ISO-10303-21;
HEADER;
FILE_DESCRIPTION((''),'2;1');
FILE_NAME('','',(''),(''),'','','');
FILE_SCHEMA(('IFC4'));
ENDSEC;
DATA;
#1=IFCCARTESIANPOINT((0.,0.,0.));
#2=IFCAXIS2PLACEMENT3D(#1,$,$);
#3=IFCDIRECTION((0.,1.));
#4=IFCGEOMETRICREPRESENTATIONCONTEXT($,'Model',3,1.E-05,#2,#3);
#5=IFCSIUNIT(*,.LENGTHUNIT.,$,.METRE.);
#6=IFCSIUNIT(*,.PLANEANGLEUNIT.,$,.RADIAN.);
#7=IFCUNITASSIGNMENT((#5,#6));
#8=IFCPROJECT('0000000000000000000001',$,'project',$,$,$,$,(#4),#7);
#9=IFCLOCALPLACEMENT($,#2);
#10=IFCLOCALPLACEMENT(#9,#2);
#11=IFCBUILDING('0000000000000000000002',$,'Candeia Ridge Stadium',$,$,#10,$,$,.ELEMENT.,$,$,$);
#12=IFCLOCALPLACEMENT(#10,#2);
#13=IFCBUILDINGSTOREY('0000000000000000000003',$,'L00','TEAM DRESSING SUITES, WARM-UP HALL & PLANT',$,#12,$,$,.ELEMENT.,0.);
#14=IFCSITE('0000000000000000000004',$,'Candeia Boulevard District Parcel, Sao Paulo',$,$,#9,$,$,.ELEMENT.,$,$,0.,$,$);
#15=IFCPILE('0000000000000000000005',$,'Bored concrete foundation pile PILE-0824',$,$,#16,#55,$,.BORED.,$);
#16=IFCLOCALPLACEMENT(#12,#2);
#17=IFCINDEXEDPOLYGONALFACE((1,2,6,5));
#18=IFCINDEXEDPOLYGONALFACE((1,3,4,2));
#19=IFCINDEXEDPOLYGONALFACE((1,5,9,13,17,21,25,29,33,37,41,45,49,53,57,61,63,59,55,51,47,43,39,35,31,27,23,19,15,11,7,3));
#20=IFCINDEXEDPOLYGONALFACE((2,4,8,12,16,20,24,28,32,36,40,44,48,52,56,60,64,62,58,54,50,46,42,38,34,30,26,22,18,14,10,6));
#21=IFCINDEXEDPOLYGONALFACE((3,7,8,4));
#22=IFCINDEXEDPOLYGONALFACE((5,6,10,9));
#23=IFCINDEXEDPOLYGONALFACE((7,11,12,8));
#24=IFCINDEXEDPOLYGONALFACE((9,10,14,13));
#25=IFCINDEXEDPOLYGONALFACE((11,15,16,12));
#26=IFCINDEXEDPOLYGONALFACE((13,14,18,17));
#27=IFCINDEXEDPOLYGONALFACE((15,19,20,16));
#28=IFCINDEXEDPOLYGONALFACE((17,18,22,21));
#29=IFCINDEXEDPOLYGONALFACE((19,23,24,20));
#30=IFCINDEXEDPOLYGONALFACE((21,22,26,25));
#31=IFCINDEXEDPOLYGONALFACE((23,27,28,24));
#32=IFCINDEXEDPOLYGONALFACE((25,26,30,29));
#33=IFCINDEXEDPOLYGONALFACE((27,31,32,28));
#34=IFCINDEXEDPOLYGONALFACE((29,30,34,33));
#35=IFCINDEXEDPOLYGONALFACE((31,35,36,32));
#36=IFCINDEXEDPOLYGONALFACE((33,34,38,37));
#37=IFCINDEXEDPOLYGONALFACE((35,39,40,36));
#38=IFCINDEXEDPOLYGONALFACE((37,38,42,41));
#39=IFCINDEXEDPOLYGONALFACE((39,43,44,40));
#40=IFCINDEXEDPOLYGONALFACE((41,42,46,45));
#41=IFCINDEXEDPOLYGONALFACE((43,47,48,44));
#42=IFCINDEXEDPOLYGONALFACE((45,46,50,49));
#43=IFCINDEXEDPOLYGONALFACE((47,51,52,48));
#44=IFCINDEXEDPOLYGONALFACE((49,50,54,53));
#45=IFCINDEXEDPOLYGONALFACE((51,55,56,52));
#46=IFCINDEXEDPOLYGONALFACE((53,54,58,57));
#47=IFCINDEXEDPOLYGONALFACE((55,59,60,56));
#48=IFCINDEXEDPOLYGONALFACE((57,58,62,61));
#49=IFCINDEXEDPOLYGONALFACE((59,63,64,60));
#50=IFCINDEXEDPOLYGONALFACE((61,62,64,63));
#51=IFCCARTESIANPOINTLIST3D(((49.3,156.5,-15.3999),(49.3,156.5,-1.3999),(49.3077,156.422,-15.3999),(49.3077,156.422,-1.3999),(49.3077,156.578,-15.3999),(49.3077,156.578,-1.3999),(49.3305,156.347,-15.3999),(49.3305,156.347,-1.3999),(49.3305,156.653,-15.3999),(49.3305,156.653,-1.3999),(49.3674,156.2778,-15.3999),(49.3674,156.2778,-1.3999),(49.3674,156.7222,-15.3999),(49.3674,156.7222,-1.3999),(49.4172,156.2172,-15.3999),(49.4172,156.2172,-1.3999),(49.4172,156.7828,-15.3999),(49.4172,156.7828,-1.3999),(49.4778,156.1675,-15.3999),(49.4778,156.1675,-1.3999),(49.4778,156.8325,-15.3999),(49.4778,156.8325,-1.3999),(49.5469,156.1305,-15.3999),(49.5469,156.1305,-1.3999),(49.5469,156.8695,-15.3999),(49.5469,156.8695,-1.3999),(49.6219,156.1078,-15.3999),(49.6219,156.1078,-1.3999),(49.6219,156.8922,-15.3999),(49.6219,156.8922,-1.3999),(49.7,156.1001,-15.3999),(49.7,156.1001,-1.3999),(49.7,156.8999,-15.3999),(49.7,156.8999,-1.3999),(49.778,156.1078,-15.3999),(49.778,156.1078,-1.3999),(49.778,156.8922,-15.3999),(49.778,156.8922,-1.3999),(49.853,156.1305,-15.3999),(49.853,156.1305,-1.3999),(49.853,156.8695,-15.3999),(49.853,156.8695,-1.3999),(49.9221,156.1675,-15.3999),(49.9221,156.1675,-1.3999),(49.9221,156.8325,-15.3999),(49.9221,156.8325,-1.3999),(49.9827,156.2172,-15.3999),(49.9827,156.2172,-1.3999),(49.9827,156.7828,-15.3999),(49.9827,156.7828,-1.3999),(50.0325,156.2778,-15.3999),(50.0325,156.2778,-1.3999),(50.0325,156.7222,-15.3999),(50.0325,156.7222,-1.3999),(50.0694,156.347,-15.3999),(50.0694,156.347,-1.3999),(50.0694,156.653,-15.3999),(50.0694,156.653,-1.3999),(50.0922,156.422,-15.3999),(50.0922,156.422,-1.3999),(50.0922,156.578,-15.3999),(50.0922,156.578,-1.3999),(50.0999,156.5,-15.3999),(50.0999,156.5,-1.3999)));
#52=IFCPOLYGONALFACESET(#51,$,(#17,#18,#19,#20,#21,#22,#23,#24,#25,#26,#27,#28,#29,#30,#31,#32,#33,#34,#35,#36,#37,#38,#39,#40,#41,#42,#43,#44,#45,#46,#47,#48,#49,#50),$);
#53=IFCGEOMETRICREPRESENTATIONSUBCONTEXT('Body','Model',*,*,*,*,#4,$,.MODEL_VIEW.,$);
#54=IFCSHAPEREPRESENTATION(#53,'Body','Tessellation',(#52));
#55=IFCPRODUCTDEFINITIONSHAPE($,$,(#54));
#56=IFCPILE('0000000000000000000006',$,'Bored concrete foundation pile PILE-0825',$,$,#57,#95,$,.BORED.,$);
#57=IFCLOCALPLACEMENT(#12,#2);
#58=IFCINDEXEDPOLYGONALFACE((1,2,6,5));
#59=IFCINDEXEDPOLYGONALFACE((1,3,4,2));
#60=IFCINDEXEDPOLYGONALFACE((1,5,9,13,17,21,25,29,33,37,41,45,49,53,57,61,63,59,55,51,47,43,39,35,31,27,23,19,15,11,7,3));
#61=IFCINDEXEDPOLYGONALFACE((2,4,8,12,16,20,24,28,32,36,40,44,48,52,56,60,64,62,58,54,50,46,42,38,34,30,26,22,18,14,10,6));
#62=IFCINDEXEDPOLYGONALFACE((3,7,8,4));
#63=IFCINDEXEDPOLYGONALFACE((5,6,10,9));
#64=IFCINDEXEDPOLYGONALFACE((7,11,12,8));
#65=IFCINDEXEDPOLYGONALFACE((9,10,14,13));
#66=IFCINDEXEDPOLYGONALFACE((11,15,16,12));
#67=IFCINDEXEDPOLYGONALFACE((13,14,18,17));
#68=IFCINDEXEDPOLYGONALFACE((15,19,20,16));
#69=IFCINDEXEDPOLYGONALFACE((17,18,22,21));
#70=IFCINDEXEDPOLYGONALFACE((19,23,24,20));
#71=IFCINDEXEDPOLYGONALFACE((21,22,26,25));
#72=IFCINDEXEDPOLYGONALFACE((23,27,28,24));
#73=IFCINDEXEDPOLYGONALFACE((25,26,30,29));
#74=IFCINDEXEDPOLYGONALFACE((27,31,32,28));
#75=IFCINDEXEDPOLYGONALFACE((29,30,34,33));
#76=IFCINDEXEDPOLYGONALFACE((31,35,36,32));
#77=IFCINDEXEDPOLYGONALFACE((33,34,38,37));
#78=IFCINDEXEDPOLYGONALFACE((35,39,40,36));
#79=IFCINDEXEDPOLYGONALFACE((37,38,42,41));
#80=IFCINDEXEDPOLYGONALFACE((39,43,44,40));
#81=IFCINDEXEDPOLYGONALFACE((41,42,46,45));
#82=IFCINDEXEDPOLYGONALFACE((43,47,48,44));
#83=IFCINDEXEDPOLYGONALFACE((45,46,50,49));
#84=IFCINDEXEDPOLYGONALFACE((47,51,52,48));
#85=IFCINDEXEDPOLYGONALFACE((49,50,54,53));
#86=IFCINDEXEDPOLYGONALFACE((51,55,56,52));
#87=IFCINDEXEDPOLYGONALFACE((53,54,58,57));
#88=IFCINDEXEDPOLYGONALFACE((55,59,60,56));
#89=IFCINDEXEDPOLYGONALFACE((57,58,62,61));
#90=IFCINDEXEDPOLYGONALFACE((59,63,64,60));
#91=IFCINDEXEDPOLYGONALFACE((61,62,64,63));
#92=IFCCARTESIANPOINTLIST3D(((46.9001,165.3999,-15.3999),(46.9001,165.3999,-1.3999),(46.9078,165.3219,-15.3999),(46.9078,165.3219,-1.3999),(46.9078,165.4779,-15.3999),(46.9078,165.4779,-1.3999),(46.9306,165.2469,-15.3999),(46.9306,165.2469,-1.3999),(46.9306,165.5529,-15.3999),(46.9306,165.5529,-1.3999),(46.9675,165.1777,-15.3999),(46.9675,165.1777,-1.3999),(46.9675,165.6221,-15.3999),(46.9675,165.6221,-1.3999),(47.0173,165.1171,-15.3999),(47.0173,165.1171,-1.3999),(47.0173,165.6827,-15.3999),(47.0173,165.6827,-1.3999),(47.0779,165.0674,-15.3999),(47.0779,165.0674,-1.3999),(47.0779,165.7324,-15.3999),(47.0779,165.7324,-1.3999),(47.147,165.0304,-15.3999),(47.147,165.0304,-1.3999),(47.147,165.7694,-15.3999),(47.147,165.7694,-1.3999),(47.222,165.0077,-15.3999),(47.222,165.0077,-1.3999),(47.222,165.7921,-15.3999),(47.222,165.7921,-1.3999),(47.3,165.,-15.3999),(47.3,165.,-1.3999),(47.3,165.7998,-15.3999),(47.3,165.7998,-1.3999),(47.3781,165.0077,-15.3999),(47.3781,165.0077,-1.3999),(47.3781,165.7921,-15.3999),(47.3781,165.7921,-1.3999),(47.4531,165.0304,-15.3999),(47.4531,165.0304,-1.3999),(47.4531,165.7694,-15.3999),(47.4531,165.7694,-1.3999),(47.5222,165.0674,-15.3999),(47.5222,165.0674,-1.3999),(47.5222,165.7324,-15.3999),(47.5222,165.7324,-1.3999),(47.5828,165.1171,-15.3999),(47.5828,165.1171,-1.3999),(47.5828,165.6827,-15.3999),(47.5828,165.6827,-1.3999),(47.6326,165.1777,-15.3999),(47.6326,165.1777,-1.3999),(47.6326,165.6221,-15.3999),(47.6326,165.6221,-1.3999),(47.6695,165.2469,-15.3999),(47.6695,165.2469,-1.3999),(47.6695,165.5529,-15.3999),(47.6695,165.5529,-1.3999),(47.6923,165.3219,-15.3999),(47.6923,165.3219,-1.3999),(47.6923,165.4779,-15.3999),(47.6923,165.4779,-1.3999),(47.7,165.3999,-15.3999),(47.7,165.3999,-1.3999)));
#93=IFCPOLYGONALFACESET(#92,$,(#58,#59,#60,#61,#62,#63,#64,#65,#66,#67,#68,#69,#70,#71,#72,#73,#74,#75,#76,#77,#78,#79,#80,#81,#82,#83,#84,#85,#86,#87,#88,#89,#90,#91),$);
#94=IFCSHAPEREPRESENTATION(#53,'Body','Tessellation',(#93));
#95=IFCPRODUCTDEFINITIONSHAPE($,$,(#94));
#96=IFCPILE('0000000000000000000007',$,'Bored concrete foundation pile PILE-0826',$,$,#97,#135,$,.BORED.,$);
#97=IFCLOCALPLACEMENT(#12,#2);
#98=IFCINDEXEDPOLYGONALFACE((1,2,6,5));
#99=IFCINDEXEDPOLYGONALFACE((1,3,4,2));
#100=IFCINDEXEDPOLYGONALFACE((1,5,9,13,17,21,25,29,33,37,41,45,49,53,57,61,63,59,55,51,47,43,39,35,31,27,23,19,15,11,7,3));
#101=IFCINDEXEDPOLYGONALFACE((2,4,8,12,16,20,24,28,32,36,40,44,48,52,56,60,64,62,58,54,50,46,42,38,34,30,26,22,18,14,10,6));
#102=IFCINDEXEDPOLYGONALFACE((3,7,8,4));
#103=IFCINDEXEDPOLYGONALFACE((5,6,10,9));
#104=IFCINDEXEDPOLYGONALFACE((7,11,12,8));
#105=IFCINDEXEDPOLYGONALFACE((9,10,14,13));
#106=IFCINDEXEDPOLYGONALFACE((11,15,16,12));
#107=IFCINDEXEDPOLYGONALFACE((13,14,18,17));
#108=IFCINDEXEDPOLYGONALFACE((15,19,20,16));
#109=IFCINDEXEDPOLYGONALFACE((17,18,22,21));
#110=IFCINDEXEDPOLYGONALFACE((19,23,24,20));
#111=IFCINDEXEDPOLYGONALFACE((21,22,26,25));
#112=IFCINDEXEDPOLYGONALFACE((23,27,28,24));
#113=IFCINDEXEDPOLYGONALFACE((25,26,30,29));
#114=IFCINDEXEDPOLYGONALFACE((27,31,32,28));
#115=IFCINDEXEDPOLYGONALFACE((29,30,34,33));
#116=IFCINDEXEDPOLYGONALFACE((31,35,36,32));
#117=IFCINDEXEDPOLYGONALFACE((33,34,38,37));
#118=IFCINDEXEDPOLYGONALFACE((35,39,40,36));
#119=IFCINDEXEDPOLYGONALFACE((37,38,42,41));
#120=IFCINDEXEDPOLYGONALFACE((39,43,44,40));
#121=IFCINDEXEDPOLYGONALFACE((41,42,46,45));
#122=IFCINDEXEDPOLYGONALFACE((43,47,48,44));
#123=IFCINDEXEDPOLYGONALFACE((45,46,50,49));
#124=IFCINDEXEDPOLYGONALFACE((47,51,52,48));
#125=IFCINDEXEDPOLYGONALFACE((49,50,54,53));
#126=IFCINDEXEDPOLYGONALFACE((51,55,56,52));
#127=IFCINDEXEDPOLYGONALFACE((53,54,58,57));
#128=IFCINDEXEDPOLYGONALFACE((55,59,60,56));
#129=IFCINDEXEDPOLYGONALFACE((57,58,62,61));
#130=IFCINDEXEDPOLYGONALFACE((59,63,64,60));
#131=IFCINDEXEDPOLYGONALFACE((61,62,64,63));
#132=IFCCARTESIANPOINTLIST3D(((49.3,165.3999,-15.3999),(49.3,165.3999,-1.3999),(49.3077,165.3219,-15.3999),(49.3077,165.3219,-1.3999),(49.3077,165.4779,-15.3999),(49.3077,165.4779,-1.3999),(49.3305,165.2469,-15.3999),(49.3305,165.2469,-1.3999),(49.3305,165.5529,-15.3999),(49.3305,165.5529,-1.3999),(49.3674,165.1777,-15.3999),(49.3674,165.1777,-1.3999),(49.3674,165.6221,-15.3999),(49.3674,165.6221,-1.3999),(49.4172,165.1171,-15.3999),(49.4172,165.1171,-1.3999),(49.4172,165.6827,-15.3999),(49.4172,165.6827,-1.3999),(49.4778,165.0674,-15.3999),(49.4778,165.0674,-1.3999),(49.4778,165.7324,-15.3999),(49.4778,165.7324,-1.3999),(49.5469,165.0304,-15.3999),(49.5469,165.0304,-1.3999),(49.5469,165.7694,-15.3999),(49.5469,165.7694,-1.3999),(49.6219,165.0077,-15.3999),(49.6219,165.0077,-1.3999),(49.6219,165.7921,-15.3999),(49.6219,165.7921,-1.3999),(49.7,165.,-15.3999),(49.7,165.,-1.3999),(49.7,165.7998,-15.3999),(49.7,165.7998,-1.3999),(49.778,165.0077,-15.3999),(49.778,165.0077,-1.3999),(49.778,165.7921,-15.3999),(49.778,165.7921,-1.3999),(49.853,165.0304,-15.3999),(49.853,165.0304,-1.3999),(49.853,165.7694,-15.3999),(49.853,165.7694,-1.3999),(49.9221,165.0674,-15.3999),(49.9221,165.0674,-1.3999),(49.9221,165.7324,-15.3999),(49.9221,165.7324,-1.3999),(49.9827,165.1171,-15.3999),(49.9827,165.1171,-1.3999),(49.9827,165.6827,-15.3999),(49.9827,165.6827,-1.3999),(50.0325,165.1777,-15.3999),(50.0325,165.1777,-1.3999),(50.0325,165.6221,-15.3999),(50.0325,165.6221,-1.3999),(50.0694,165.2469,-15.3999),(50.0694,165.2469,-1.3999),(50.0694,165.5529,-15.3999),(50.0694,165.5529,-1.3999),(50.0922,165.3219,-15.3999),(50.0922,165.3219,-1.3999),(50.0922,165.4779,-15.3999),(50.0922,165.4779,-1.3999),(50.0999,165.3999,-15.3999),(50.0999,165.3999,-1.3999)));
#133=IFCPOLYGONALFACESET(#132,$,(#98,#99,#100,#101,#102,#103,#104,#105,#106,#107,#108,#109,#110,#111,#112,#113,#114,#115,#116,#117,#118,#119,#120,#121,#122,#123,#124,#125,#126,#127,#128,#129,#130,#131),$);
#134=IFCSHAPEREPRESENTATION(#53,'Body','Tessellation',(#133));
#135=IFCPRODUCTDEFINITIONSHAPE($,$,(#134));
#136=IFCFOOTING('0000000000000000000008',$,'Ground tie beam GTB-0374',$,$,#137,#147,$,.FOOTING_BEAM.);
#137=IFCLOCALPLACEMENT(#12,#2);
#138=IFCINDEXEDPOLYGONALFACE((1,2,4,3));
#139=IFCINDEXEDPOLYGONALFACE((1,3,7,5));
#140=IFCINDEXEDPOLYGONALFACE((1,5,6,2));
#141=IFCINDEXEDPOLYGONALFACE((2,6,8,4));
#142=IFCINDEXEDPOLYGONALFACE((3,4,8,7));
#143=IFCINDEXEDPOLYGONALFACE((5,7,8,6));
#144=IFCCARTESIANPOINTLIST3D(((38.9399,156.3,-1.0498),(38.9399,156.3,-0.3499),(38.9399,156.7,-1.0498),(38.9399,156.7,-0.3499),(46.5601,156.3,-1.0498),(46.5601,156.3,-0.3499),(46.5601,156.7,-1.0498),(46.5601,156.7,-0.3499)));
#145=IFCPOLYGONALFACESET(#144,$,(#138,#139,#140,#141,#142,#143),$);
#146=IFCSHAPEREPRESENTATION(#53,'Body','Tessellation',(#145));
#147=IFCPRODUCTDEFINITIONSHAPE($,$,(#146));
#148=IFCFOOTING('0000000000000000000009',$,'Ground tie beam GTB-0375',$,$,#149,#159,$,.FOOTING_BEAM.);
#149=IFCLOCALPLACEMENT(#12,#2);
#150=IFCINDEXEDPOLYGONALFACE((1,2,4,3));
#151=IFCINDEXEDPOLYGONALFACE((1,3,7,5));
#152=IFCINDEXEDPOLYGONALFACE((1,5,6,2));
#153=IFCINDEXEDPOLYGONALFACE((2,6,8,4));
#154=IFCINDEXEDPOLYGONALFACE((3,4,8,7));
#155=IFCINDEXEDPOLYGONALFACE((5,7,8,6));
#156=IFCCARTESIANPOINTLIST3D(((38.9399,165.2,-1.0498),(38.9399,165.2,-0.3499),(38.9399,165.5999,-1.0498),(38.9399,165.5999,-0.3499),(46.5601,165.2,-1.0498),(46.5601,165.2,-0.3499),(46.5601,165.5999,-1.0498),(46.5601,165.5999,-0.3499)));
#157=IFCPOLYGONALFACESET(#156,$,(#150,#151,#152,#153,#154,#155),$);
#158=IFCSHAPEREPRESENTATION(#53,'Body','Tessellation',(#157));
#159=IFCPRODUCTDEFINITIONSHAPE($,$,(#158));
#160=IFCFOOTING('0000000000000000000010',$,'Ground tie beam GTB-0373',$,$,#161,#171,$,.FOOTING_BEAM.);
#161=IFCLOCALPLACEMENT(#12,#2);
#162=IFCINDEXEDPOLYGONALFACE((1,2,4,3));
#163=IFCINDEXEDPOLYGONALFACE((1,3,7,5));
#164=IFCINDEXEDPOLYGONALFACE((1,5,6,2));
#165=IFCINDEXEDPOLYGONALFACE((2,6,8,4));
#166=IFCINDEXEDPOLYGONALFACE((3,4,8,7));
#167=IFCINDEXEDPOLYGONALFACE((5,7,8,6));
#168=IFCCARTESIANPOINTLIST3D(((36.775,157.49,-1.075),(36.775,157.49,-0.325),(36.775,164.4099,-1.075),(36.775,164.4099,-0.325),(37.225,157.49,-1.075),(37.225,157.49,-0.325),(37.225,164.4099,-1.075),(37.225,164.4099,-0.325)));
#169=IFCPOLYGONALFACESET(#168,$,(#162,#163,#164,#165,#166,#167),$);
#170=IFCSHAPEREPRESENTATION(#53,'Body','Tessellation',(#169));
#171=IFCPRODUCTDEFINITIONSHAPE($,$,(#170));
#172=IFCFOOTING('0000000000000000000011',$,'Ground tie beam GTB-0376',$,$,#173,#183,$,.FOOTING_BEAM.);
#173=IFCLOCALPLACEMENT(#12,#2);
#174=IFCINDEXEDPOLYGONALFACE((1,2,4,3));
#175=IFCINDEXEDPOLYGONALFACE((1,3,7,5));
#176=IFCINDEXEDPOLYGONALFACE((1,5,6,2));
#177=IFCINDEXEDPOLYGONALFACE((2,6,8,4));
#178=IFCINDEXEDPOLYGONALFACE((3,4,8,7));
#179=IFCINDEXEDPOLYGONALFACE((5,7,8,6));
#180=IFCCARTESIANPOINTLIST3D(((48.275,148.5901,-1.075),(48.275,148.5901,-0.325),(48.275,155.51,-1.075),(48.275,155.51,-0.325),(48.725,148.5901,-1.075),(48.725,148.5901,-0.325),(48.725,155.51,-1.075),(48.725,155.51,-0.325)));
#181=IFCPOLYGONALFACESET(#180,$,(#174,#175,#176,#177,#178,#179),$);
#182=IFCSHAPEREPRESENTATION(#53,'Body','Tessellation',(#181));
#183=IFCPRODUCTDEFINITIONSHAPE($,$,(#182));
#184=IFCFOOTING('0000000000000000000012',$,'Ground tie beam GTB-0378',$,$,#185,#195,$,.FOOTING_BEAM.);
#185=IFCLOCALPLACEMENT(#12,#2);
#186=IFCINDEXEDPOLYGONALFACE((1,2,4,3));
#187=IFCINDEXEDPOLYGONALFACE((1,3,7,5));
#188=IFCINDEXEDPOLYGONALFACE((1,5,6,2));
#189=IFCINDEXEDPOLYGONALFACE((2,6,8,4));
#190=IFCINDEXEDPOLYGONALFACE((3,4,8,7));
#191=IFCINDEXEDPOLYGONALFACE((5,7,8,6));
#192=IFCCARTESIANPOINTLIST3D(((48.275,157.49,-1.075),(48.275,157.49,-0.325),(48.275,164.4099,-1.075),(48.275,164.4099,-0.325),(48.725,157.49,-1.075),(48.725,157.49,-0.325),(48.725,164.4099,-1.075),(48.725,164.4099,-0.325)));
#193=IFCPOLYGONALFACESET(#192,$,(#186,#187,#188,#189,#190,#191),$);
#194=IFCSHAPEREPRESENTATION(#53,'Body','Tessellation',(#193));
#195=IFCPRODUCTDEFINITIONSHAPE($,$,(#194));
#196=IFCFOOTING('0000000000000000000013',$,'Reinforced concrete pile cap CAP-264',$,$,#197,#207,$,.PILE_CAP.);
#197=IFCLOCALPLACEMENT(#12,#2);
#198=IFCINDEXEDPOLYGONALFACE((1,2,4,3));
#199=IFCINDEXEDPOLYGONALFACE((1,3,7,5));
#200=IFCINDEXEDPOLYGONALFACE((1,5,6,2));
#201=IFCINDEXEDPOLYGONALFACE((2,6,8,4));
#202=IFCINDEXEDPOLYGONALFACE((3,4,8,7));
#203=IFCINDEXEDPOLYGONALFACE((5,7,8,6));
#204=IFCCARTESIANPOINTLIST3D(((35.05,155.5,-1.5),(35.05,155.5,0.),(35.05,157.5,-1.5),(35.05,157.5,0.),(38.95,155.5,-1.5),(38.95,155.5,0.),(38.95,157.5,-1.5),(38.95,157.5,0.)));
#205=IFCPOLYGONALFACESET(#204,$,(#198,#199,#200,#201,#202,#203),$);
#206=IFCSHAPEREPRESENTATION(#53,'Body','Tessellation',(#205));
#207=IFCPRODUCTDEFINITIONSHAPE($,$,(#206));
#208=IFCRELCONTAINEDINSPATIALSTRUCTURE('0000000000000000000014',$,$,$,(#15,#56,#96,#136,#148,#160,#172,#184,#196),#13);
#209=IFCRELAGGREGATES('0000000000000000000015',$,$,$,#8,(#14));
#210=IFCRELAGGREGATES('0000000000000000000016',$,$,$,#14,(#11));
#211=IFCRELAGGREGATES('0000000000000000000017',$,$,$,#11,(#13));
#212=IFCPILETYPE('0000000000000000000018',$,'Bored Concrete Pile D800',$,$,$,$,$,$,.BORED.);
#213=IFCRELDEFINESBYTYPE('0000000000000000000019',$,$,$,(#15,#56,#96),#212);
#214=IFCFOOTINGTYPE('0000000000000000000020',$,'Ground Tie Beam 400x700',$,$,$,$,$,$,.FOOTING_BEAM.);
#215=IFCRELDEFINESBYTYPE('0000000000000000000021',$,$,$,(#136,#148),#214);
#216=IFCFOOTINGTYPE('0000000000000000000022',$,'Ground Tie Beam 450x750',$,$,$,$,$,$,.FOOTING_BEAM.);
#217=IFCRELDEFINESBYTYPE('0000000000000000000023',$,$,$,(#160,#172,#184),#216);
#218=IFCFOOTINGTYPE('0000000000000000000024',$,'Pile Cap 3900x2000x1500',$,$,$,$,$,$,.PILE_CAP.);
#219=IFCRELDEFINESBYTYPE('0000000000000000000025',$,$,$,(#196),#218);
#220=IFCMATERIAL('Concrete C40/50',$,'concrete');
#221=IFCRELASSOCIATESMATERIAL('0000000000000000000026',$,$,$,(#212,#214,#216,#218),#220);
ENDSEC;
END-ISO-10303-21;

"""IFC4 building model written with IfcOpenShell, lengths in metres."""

from ifc_helpers import new_model, si_unit, direction, frame, origin, origin_2d, place, context, subcontext, project, spatial, rectangle, circle, extrude, material, material_profile, profile_set, type_object, element, save


model = new_model("IFC4")

# Units and contexts
model_context = context("Model", 3, precision=1e-05, world=origin(), true_north=direction((0.0, 1.0)))
body_context = subcontext(model_context, "Body", "Model", "MODEL_VIEW")
ifc_project = project(units=[si_unit("LENGTHUNIT", "METRE"), si_unit("PLANEANGLEUNIT", "RADIAN")], contexts=[model_context])

# Site, building, storey
site_placement = place(None, origin())
site = spatial("IfcSite", under=ifc_project, at=site_placement, Name="Candeia Boulevard District Parcel, Sao Paulo", CompositionType="ELEMENT", RefElevation=0.0)
building_placement = place(site_placement, origin())
building = spatial("IfcBuilding", under=site, at=building_placement, Name="Candeia Ridge Stadium", CompositionType="ELEMENT")
storey_placement = place(building_placement, origin())
storey = spatial("IfcBuildingStorey", under=building, at=storey_placement, Name="L00", Description="TEAM DRESSING SUITES, WARM-UP HALL & PLANT", CompositionType="ELEMENT", Elevation=0.0)

# Piles
ifc_material_1 = material(Name="Concrete C40/50", Category="concrete")
ifc_material_profile_1 = material_profile(ifc_material_1, circle(Radius=0.3999, at=origin_2d()), Name="PILE-D800", Category="concrete")
ifc_profile_set_1 = profile_set([ifc_material_profile_1], Name="Concrete C40/50")
pile_type = type_object("IfcPileType", Name="Bored Concrete Pile D800", PredefinedType="BORED", material=ifc_profile_set_1)
for number, where, z_axis, x_axis, name in (
    (1, (49.7, 156.5, -1.3999), (0.0, 0.0, -1.0), (1.0, 0.0, 0.0), "Bored concrete foundation pile PILE-0824"),
    (2, (47.3, 165.3999, -1.3999), (0.0, 0.0, -1.0), (1.0, 0.0, 0.0), "Bored concrete foundation pile PILE-0825"),
    (3, (49.7, 165.3999, -1.3999), (0.0, 0.0, -1.0), (1.0, 0.0, 0.0), "Bored concrete foundation pile PILE-0826"),
):
    element("IfcPile", number, at=place(storey_placement, frame(where, z_axis=z_axis, x_axis=x_axis)), inside=storey, type_object=pile_type, Name=name, PredefinedType="BORED", context=body_context, shape_type="SweptSolid", body=[
        extrude(circle(Radius=0.3999, at=origin_2d()), origin(), (0.0, 0.0, 1.0), 14.0),
    ])

# Footings
footing_type_1 = type_object("IfcFootingType", Name="Ground Tie Beam 400x700", PredefinedType="FOOTING_BEAM", material=ifc_material_1)
for number, where, z_axis, x_axis, name in (
    (4, (42.75, 156.5, -1.0498), (0.0, 0.0, 1.0), (1.0, 0.0, 0.0), "Ground tie beam GTB-0374"),
    (5, (42.75, 165.3999, -1.0498), (0.0, 0.0, 1.0), (1.0, 0.0, 0.0), "Ground tie beam GTB-0375"),
):
    element("IfcFooting", number, at=place(storey_placement, frame(where, z_axis=z_axis, x_axis=x_axis)), inside=storey, type_object=footing_type_1, Name=name, PredefinedType="FOOTING_BEAM", context=body_context, shape_type="SweptSolid", body=[
        extrude(rectangle(XDim=7.6201, YDim=0.3999, at=origin_2d()), origin(), (0.0, 0.0, 1.0), 0.7),
    ])
footing_type_2 = type_object("IfcFootingType", Name="Ground Tie Beam 450x750", PredefinedType="FOOTING_BEAM", material=ifc_material_1)
for number, where, z_axis, x_axis, name in (
    (6, (37.0, 160.95, -1.075), (0.0, 0.0, 1.0), (0.0, 1.0, 0.0), "Ground tie beam GTB-0373"),
    (7, (48.5, 152.05, -1.075), (0.0, 0.0, 1.0), (0.0, 1.0, 0.0), "Ground tie beam GTB-0376"),
    (8, (48.5, 160.95, -1.075), (0.0, 0.0, 1.0), (0.0, 1.0, 0.0), "Ground tie beam GTB-0378"),
):
    element("IfcFooting", number, at=place(storey_placement, frame(where, z_axis=z_axis, x_axis=x_axis)), inside=storey, type_object=footing_type_2, Name=name, PredefinedType="FOOTING_BEAM", context=body_context, shape_type="SweptSolid", body=[
        extrude(rectangle(XDim=6.9199, YDim=0.45, at=origin_2d()), origin(), (0.0, 0.0, 1.0), 0.75),
    ])
footing_type_3 = type_object("IfcFootingType", Name="Pile Cap 3900x2000x1500", PredefinedType="PILE_CAP", material=ifc_material_1)
for number, where, z_axis, x_axis, name in (
    (9, (37.0, 156.5, -1.5), (0.0, 0.0, 1.0), (1.0, 0.0, 0.0), "Reinforced concrete pile cap CAP-264"),
):
    element("IfcFooting", number, at=place(storey_placement, frame(where, z_axis=z_axis, x_axis=x_axis)), inside=storey, type_object=footing_type_3, Name=name, PredefinedType="PILE_CAP", context=body_context, shape_type="SweptSolid", body=[
        extrude(rectangle(XDim=3.8999, YDim=2.0, at=origin_2d()), origin(), (0.0, 0.0, 1.0), 1.5),
    ])

save(model, "model.ifc")
